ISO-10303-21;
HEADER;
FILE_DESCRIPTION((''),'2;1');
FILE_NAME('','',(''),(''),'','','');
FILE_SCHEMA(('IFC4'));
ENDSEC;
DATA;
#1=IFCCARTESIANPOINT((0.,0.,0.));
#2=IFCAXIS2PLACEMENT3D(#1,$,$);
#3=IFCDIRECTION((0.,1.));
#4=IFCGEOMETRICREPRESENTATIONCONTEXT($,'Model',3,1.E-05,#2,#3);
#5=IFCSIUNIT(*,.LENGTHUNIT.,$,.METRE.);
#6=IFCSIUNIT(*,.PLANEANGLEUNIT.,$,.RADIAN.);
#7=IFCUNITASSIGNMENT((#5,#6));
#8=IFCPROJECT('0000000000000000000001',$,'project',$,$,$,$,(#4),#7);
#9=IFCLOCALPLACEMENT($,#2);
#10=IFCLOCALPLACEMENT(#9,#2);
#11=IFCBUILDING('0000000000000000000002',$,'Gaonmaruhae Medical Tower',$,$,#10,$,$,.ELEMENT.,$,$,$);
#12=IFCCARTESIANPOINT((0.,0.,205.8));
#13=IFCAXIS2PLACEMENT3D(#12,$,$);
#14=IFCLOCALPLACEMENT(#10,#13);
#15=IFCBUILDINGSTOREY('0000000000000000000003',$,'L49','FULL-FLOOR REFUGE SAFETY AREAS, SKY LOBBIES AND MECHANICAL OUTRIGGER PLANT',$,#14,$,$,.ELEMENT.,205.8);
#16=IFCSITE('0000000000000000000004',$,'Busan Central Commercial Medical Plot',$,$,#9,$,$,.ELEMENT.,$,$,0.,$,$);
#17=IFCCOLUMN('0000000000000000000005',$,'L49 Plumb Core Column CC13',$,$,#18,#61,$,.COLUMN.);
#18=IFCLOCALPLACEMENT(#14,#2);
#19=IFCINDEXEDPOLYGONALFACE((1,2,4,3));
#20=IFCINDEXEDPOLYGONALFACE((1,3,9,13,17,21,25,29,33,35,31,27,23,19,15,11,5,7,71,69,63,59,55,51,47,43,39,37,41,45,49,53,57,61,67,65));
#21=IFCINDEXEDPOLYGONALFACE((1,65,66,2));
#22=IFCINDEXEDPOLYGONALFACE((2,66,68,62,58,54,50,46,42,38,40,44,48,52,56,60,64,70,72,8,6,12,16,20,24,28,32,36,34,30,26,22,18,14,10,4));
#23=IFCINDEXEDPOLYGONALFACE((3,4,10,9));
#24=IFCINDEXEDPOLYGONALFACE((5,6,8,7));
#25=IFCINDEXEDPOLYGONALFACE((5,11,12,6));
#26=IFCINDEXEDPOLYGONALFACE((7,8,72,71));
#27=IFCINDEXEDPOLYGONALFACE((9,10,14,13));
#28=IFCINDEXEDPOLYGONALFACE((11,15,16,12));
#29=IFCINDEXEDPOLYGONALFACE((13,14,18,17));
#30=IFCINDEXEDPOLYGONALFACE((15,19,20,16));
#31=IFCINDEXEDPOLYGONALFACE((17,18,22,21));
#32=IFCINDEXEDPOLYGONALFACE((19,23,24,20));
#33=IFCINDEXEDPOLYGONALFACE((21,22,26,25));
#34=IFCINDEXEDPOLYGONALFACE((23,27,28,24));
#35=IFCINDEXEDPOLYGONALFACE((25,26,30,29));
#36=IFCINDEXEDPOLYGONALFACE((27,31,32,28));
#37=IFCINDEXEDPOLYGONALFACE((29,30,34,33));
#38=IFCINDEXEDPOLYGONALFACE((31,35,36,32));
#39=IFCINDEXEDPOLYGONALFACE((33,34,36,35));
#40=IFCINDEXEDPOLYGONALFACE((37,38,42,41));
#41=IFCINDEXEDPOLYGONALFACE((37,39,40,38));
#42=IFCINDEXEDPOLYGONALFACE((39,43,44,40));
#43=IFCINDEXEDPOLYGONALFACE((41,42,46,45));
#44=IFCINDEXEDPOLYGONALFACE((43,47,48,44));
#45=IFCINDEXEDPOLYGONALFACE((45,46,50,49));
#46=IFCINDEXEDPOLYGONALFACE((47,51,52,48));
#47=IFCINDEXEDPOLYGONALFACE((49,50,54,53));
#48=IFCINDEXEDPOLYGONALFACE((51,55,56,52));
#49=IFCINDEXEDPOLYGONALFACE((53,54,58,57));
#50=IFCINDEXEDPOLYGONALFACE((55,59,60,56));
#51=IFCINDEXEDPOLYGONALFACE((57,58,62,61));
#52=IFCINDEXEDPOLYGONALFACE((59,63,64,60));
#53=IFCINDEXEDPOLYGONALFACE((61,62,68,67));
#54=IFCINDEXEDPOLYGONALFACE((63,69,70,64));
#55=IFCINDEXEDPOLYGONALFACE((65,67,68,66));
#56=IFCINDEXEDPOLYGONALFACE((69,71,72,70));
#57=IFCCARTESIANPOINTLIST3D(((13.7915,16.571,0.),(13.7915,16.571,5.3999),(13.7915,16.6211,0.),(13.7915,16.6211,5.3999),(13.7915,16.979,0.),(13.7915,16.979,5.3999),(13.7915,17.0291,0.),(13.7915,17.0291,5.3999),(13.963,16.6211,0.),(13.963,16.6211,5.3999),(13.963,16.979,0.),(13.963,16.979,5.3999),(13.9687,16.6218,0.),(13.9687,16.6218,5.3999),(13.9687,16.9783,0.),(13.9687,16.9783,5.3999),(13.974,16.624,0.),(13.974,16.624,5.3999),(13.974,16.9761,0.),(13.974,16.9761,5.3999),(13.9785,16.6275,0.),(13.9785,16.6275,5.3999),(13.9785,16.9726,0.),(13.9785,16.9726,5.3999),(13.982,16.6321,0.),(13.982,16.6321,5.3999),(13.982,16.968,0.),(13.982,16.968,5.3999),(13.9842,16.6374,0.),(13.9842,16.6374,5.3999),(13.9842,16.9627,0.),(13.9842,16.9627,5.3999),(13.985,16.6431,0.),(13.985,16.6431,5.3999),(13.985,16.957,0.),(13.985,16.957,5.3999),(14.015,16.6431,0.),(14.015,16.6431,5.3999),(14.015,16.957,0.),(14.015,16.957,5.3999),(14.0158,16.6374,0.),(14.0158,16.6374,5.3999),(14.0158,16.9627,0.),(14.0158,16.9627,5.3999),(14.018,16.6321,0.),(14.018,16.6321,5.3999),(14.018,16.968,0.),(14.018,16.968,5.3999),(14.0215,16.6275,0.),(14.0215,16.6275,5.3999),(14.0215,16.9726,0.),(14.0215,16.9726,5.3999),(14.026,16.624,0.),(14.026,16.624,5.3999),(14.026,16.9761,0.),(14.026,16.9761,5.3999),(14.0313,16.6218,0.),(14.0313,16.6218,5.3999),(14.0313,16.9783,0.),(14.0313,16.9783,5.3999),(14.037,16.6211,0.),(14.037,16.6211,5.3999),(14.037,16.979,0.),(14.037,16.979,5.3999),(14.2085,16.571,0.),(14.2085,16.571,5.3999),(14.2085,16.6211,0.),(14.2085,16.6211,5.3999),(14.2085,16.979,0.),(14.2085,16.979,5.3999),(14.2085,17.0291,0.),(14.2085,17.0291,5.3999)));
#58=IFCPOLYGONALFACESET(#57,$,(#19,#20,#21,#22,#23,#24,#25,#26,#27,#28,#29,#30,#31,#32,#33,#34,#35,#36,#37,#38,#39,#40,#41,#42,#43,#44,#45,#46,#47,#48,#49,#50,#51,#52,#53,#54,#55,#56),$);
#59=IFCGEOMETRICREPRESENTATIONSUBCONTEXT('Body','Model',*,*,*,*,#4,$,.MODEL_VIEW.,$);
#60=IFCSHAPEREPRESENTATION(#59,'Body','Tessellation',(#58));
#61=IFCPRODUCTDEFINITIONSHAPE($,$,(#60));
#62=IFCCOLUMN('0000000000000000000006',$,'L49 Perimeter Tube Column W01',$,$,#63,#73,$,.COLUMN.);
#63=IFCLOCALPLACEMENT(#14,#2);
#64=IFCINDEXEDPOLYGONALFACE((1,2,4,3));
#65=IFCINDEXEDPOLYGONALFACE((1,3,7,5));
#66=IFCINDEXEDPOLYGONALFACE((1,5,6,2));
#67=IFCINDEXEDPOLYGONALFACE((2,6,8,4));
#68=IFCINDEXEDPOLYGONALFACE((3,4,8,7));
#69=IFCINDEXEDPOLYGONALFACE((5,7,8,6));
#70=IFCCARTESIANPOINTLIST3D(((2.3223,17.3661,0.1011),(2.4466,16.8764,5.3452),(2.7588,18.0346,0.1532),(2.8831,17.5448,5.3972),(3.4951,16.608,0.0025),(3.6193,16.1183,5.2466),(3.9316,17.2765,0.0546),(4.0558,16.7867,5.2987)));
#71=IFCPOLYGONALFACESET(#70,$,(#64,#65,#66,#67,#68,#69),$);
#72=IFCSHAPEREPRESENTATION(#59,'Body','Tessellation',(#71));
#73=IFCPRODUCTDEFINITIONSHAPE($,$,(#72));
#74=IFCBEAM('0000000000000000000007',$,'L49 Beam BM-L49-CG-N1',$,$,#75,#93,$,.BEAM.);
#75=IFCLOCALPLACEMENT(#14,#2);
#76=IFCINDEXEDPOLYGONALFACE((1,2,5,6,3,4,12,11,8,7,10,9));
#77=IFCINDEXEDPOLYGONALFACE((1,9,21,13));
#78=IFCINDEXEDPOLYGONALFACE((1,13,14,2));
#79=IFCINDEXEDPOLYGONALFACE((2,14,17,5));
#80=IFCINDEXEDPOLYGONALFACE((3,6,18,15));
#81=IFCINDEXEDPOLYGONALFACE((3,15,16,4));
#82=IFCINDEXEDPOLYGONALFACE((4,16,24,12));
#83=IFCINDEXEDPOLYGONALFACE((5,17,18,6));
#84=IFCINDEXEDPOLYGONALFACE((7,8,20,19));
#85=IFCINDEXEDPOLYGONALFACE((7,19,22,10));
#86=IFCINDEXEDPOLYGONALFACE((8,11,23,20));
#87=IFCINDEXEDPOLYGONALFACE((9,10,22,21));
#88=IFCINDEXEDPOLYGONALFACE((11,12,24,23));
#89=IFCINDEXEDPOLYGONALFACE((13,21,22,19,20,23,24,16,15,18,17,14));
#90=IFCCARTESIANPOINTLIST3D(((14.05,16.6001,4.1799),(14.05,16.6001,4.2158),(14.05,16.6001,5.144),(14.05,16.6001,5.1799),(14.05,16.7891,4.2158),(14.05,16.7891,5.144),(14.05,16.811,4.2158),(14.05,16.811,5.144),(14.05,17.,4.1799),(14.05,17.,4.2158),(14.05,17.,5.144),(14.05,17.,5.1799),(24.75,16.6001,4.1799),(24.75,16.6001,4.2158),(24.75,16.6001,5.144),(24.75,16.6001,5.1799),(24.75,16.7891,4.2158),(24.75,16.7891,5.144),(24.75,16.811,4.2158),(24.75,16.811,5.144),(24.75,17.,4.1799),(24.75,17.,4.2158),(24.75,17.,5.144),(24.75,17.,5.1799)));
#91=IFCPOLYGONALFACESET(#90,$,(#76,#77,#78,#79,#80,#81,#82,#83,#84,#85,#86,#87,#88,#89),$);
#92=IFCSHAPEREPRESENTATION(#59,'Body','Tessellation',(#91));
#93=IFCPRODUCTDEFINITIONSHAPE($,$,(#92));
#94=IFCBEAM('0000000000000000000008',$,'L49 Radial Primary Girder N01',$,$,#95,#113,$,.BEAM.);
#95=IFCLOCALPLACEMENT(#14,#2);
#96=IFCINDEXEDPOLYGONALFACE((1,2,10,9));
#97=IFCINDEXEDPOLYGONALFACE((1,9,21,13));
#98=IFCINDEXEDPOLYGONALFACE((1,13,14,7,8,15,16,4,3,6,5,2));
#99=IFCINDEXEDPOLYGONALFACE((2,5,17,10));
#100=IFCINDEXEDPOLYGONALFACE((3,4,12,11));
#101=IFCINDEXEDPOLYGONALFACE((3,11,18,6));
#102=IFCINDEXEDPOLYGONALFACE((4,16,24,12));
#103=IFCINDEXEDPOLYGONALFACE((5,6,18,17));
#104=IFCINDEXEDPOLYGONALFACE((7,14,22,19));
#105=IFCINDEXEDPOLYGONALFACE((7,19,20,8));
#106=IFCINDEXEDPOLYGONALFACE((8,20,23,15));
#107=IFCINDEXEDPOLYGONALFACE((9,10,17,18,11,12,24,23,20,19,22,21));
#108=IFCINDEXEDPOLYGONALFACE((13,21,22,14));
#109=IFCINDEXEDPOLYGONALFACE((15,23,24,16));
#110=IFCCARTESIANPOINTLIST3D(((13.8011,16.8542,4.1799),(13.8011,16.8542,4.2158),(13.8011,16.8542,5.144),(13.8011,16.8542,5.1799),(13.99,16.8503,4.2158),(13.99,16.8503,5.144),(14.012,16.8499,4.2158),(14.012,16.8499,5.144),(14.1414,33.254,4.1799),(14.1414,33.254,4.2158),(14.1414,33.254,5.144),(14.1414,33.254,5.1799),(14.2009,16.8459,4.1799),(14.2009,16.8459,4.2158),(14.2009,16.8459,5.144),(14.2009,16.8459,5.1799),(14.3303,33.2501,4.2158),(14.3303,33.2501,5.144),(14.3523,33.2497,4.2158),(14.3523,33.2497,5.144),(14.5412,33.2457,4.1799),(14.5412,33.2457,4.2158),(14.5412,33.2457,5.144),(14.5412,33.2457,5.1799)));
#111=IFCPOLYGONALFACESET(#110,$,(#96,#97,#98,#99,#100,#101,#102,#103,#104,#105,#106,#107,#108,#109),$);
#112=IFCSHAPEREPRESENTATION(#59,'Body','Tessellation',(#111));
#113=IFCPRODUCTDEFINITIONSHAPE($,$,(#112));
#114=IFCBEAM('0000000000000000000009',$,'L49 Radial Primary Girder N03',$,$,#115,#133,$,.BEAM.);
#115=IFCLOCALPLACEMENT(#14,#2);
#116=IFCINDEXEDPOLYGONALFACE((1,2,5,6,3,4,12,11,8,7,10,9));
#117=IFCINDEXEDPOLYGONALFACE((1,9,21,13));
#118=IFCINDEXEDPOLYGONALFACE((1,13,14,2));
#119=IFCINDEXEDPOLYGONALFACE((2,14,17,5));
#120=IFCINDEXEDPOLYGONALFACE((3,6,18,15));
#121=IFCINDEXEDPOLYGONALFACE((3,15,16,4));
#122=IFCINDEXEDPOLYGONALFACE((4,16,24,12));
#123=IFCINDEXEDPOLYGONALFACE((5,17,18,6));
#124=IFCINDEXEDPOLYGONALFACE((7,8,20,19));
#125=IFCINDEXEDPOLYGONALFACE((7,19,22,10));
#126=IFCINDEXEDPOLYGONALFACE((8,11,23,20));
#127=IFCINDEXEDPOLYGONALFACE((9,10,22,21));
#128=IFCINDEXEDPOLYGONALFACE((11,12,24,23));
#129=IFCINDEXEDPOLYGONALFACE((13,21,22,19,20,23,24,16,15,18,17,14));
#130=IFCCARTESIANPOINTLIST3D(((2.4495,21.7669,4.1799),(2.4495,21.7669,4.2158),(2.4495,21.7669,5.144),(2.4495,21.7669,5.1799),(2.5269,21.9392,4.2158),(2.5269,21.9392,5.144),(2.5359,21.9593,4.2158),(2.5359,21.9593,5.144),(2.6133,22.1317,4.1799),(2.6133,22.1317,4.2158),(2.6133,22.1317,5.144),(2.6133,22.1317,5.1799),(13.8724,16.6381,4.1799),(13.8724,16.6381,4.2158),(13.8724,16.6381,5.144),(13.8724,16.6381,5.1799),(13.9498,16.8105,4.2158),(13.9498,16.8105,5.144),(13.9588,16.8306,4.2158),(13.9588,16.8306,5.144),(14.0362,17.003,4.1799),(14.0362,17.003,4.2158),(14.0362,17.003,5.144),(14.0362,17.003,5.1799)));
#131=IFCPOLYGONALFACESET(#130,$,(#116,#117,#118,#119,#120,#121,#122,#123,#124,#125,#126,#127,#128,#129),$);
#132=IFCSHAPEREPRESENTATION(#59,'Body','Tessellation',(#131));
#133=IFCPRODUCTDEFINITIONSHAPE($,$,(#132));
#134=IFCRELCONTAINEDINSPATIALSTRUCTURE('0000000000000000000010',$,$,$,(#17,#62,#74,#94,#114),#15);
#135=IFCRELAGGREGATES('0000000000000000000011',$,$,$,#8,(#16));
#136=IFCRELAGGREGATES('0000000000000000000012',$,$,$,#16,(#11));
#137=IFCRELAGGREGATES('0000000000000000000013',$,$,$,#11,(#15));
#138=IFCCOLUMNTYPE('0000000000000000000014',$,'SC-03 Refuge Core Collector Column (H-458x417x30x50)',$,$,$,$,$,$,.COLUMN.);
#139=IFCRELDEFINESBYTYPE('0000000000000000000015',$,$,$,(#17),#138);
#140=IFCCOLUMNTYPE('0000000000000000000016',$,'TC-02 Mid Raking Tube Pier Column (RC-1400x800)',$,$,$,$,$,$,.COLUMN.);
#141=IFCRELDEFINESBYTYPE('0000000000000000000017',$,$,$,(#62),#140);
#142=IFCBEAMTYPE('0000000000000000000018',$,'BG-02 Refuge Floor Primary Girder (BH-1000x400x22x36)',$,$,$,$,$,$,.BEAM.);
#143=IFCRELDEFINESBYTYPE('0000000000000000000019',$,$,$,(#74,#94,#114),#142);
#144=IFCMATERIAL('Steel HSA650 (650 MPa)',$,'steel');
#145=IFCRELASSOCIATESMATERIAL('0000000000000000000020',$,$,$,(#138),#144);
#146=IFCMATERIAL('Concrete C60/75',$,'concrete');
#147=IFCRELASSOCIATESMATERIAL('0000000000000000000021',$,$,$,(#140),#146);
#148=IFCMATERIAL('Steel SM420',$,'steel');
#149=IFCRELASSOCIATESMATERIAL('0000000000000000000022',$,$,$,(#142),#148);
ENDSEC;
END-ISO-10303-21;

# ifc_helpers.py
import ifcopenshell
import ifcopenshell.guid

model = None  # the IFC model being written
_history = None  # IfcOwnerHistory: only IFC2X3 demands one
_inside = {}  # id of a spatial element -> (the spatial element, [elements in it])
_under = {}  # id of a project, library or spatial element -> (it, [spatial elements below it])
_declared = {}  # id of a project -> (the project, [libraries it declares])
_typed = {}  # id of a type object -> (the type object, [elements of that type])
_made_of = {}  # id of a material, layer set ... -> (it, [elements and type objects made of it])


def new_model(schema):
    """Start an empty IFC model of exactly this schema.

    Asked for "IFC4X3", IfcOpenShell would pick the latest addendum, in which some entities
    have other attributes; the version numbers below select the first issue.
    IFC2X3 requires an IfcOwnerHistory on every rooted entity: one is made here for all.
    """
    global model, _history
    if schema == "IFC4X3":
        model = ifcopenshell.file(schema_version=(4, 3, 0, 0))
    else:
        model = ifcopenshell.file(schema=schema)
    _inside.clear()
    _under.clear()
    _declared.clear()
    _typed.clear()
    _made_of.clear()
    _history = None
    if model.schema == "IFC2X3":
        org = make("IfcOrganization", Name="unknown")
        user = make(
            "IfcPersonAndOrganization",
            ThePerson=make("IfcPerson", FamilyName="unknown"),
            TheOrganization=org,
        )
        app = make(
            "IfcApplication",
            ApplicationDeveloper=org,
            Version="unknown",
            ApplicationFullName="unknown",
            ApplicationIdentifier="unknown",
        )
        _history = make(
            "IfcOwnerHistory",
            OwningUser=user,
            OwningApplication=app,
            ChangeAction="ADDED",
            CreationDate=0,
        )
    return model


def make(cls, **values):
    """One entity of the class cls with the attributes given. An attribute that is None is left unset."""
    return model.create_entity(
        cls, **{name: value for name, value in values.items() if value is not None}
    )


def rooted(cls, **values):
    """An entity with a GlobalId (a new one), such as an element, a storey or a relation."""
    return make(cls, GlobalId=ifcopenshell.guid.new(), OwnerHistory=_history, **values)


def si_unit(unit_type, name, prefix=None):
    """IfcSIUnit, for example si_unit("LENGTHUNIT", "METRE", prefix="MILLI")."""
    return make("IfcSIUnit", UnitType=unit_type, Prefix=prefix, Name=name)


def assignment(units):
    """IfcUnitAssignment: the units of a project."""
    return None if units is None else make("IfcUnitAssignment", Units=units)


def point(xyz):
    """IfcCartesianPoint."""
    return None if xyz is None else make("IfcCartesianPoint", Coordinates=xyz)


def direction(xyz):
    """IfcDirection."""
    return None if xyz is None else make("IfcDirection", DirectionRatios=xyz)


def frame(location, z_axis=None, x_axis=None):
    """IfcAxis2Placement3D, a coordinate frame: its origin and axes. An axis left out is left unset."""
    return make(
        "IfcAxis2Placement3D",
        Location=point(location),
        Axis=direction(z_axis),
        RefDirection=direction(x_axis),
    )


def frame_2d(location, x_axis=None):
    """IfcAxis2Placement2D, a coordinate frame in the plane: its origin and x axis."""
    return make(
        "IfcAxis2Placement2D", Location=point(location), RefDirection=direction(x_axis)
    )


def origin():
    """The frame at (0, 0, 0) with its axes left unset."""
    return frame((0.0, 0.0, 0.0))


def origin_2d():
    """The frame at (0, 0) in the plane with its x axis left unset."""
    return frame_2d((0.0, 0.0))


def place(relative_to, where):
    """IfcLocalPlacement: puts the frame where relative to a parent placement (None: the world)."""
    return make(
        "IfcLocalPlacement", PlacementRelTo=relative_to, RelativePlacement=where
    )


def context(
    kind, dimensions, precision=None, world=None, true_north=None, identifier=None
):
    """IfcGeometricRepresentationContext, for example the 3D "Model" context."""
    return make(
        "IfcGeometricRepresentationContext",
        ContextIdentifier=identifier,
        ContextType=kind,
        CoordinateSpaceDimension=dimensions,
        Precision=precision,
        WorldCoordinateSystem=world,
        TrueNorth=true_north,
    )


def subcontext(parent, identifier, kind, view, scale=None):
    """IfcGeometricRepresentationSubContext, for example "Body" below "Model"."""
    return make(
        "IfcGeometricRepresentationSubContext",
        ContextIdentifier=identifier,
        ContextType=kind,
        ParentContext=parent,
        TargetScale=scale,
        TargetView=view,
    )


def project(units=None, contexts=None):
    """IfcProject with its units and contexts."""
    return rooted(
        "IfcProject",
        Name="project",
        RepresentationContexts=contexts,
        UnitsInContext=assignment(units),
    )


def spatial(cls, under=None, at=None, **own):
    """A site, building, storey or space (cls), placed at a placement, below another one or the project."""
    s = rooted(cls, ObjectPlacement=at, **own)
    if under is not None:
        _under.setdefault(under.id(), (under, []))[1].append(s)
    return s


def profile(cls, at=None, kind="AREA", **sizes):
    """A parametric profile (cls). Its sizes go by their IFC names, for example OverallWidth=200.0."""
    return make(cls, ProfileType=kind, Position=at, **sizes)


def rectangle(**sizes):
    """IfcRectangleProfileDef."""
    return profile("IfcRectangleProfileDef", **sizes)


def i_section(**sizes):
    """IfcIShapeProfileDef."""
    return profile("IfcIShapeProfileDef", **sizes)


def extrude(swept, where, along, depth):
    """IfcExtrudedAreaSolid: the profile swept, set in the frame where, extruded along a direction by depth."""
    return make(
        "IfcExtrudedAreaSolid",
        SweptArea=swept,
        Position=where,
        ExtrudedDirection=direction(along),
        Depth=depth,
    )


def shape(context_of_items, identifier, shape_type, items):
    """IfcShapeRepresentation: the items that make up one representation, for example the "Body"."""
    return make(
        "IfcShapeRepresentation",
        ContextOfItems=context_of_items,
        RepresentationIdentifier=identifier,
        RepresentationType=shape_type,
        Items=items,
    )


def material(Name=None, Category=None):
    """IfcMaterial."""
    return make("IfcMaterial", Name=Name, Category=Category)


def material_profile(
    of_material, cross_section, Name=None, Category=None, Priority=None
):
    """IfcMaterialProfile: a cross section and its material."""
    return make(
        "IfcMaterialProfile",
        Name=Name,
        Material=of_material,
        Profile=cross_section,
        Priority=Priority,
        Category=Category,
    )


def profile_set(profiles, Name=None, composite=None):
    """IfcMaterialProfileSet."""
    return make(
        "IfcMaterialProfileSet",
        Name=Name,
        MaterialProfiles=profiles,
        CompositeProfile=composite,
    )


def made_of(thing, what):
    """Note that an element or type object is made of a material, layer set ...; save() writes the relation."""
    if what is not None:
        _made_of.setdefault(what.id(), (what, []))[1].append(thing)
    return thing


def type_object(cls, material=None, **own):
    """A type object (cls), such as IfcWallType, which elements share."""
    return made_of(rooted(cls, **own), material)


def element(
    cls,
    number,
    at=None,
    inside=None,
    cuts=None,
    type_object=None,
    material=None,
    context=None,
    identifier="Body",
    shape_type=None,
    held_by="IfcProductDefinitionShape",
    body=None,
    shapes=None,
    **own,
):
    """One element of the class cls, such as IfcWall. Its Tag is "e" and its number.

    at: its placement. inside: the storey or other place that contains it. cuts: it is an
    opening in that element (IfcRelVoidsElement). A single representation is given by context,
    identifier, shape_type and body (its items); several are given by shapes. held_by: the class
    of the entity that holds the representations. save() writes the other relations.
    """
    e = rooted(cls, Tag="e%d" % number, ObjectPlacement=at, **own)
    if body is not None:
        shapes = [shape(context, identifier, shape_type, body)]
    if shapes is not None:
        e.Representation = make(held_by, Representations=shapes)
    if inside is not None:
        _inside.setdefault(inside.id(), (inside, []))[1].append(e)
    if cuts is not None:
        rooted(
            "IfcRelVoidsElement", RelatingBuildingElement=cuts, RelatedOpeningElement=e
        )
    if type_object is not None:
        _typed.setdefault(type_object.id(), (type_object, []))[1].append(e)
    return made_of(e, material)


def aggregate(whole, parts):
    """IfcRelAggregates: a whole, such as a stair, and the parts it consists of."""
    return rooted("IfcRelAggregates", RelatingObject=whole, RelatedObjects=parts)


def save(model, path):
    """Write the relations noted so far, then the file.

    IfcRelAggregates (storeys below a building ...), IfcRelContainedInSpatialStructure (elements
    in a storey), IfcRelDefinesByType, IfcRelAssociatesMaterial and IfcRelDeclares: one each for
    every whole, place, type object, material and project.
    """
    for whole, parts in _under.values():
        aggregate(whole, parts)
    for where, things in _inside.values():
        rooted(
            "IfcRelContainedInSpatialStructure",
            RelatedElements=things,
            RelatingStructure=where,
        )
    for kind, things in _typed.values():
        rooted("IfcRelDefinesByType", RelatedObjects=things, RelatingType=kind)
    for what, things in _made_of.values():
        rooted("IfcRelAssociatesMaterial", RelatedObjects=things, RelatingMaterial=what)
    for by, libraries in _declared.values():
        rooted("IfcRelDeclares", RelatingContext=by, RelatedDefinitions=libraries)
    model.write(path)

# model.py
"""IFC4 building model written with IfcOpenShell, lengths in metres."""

from ifc_helpers import new_model, si_unit, direction, frame, origin, origin_2d, place, context, subcontext, project, spatial, rectangle, i_section, extrude, material, material_profile, profile_set, type_object, element, save


model = new_model("IFC4")

# Units and contexts
model_context = context("Model", 3, precision=1e-05, world=origin(), true_north=direction((0.0, 1.0)))
body_context = subcontext(model_context, "Body", "Model", "MODEL_VIEW")
ifc_project = project(units=[si_unit("LENGTHUNIT", "METRE"), si_unit("PLANEANGLEUNIT", "RADIAN")], contexts=[model_context])

# Site, building, storey
site_placement = place(None, origin())
site = spatial("IfcSite", under=ifc_project, at=site_placement, Name="Busan Central Commercial Medical Plot", CompositionType="ELEMENT", RefElevation=0.0)
building_placement = place(site_placement, origin())
building = spatial("IfcBuilding", under=site, at=building_placement, Name="Gaonmaruhae Medical Tower", CompositionType="ELEMENT")
storey_placement = place(building_placement, frame((0.0, 0.0, 205.8)))
storey = spatial("IfcBuildingStorey", under=building, at=storey_placement, Name="L49", Description="FULL-FLOOR REFUGE SAFETY AREAS, SKY LOBBIES AND MECHANICAL OUTRIGGER PLANT", CompositionType="ELEMENT", Elevation=205.8)

# Columns
ifc_material_1 = material(Name="Steel HSA650 (650 MPa)", Category="steel")
ifc_material_profile_1 = material_profile(ifc_material_1, i_section(OverallWidth=0.417, OverallDepth=0.458, WebThickness=0.03, FlangeThickness=0.05, FilletRadius=0.022, at=origin_2d()), Name="H-458x417x30x50")
ifc_profile_set_1 = profile_set([ifc_material_profile_1], Name="Steel HSA650 (650 MPa)")
column_type_1 = type_object("IfcColumnType", Name="SC-03 Refuge Core Collector Column (H-458x417x30x50)", PredefinedType="COLUMN", material=ifc_profile_set_1)
column_1_placement = place(storey_placement, frame((14.0, 16.8, 0.0), z_axis=(0.0, 0.0, 1.0), x_axis=(1.0, 0.0, 0.0)))
element("IfcColumn", 1, at=column_1_placement, inside=storey, type_object=column_type_1, Name="L49 Plumb Core Column CC13", PredefinedType="COLUMN", context=body_context, shape_type="SweptSolid", body=[
    extrude(i_section(OverallWidth=0.417, OverallDepth=0.458, WebThickness=0.03, FlangeThickness=0.05, FilletRadius=0.022, at=origin_2d()), origin(), (0.0, 0.0, 1.0), 5.3999),
])
ifc_material_2 = material(Name="Concrete C60/75", Category="concrete")
ifc_material_profile_2 = material_profile(ifc_material_2, rectangle(XDim=1.3999, YDim=0.8, at=origin_2d()), Name="RC-1400x800")
ifc_profile_set_2 = profile_set([ifc_material_profile_2], Name="Concrete C60/75")
column_type_2 = type_object("IfcColumnType", Name="TC-02 Mid Raking Tube Pier Column (RC-1400x800)", PredefinedType="COLUMN", material=ifc_profile_set_2)
column_2_placement = place(storey_placement, frame((3.127, 17.3213, 0.0779), z_axis=(0.023587, -0.092959, 0.995391), x_axis=(-0.837721, 0.541538, 0.070425)))
element("IfcColumn", 2, at=column_2_placement, inside=storey, type_object=column_type_2, Name="L49 Perimeter Tube Column W01", PredefinedType="COLUMN", context=body_context, shape_type="SweptSolid", body=[
    extrude(rectangle(XDim=1.3999, YDim=0.8, at=origin_2d()), origin(), (0.0, 0.0, 1.0), 5.2683),
])

# Beams
ifc_material_3 = material(Name="Steel SM420", Category="steel")
ifc_material_profile_3 = material_profile(ifc_material_3, i_section(OverallWidth=0.3999, OverallDepth=1.0, WebThickness=0.022, FlangeThickness=0.0359, at=origin_2d()), Name="BH-1000x400x22x36")
ifc_profile_set_3 = profile_set([ifc_material_profile_3], Name="Steel SM420")
beam_type_1 = type_object("IfcBeamType", Name="BG-02 Refuge Floor Primary Girder (BH-1000x400x22x36)", PredefinedType="BEAM", material=ifc_profile_set_3)
beam_1_placement = place(storey_placement, frame((14.05, 16.8, 4.6799), z_axis=(1.0, 0.0, 0.0), x_axis=(0.0, 1.0, 0.0)))
element("IfcBeam", 3, at=beam_1_placement, inside=storey, type_object=beam_type_1, Name="L49 Beam BM-L49-CG-N1", PredefinedType="BEAM", context=body_context, shape_type="SweptSolid", body=[
    extrude(i_section(OverallWidth=0.3999, OverallDepth=1.0, WebThickness=0.022, FlangeThickness=0.0359, at=origin_2d()), origin(), (0.0, 0.0, 1.0), 10.7),
])
beam_2_placement = place(storey_placement, frame((14.001, 16.8501, 4.6799), z_axis=(0.020748, 0.999785, 0.0), x_axis=(-0.999785, 0.020748, 0.0)))
element("IfcBeam", 4, at=beam_2_placement, inside=storey, type_object=beam_type_1, Name="L49 Radial Primary Girder N01", PredefinedType="BEAM", context=body_context, shape_type="SweptSolid", body=[
    extrude(i_section(OverallWidth=0.3999, OverallDepth=1.0, WebThickness=0.022, FlangeThickness=0.0359, at=origin_2d()), origin(), (0.0, 0.0, 1.0), 16.4033),
])
beam_3_placement = place(storey_placement, frame((13.9543, 16.8206, 4.6799), z_axis=(-0.912268, 0.409593, 0.0), x_axis=(-0.409593, -0.912268, 0.0)))
element("IfcBeam", 5, at=beam_3_placement, inside=storey, type_object=beam_type_1, Name="L49 Radial Primary Girder N03", PredefinedType="BEAM", context=body_context, shape_type="SweptSolid", body=[
    extrude(i_section(OverallWidth=0.3999, OverallDepth=1.0, WebThickness=0.022, FlangeThickness=0.0359, at=origin_2d()), origin(), (0.0, 0.0, 1.0), 12.5215),
])

save(model, "model.ifc")
